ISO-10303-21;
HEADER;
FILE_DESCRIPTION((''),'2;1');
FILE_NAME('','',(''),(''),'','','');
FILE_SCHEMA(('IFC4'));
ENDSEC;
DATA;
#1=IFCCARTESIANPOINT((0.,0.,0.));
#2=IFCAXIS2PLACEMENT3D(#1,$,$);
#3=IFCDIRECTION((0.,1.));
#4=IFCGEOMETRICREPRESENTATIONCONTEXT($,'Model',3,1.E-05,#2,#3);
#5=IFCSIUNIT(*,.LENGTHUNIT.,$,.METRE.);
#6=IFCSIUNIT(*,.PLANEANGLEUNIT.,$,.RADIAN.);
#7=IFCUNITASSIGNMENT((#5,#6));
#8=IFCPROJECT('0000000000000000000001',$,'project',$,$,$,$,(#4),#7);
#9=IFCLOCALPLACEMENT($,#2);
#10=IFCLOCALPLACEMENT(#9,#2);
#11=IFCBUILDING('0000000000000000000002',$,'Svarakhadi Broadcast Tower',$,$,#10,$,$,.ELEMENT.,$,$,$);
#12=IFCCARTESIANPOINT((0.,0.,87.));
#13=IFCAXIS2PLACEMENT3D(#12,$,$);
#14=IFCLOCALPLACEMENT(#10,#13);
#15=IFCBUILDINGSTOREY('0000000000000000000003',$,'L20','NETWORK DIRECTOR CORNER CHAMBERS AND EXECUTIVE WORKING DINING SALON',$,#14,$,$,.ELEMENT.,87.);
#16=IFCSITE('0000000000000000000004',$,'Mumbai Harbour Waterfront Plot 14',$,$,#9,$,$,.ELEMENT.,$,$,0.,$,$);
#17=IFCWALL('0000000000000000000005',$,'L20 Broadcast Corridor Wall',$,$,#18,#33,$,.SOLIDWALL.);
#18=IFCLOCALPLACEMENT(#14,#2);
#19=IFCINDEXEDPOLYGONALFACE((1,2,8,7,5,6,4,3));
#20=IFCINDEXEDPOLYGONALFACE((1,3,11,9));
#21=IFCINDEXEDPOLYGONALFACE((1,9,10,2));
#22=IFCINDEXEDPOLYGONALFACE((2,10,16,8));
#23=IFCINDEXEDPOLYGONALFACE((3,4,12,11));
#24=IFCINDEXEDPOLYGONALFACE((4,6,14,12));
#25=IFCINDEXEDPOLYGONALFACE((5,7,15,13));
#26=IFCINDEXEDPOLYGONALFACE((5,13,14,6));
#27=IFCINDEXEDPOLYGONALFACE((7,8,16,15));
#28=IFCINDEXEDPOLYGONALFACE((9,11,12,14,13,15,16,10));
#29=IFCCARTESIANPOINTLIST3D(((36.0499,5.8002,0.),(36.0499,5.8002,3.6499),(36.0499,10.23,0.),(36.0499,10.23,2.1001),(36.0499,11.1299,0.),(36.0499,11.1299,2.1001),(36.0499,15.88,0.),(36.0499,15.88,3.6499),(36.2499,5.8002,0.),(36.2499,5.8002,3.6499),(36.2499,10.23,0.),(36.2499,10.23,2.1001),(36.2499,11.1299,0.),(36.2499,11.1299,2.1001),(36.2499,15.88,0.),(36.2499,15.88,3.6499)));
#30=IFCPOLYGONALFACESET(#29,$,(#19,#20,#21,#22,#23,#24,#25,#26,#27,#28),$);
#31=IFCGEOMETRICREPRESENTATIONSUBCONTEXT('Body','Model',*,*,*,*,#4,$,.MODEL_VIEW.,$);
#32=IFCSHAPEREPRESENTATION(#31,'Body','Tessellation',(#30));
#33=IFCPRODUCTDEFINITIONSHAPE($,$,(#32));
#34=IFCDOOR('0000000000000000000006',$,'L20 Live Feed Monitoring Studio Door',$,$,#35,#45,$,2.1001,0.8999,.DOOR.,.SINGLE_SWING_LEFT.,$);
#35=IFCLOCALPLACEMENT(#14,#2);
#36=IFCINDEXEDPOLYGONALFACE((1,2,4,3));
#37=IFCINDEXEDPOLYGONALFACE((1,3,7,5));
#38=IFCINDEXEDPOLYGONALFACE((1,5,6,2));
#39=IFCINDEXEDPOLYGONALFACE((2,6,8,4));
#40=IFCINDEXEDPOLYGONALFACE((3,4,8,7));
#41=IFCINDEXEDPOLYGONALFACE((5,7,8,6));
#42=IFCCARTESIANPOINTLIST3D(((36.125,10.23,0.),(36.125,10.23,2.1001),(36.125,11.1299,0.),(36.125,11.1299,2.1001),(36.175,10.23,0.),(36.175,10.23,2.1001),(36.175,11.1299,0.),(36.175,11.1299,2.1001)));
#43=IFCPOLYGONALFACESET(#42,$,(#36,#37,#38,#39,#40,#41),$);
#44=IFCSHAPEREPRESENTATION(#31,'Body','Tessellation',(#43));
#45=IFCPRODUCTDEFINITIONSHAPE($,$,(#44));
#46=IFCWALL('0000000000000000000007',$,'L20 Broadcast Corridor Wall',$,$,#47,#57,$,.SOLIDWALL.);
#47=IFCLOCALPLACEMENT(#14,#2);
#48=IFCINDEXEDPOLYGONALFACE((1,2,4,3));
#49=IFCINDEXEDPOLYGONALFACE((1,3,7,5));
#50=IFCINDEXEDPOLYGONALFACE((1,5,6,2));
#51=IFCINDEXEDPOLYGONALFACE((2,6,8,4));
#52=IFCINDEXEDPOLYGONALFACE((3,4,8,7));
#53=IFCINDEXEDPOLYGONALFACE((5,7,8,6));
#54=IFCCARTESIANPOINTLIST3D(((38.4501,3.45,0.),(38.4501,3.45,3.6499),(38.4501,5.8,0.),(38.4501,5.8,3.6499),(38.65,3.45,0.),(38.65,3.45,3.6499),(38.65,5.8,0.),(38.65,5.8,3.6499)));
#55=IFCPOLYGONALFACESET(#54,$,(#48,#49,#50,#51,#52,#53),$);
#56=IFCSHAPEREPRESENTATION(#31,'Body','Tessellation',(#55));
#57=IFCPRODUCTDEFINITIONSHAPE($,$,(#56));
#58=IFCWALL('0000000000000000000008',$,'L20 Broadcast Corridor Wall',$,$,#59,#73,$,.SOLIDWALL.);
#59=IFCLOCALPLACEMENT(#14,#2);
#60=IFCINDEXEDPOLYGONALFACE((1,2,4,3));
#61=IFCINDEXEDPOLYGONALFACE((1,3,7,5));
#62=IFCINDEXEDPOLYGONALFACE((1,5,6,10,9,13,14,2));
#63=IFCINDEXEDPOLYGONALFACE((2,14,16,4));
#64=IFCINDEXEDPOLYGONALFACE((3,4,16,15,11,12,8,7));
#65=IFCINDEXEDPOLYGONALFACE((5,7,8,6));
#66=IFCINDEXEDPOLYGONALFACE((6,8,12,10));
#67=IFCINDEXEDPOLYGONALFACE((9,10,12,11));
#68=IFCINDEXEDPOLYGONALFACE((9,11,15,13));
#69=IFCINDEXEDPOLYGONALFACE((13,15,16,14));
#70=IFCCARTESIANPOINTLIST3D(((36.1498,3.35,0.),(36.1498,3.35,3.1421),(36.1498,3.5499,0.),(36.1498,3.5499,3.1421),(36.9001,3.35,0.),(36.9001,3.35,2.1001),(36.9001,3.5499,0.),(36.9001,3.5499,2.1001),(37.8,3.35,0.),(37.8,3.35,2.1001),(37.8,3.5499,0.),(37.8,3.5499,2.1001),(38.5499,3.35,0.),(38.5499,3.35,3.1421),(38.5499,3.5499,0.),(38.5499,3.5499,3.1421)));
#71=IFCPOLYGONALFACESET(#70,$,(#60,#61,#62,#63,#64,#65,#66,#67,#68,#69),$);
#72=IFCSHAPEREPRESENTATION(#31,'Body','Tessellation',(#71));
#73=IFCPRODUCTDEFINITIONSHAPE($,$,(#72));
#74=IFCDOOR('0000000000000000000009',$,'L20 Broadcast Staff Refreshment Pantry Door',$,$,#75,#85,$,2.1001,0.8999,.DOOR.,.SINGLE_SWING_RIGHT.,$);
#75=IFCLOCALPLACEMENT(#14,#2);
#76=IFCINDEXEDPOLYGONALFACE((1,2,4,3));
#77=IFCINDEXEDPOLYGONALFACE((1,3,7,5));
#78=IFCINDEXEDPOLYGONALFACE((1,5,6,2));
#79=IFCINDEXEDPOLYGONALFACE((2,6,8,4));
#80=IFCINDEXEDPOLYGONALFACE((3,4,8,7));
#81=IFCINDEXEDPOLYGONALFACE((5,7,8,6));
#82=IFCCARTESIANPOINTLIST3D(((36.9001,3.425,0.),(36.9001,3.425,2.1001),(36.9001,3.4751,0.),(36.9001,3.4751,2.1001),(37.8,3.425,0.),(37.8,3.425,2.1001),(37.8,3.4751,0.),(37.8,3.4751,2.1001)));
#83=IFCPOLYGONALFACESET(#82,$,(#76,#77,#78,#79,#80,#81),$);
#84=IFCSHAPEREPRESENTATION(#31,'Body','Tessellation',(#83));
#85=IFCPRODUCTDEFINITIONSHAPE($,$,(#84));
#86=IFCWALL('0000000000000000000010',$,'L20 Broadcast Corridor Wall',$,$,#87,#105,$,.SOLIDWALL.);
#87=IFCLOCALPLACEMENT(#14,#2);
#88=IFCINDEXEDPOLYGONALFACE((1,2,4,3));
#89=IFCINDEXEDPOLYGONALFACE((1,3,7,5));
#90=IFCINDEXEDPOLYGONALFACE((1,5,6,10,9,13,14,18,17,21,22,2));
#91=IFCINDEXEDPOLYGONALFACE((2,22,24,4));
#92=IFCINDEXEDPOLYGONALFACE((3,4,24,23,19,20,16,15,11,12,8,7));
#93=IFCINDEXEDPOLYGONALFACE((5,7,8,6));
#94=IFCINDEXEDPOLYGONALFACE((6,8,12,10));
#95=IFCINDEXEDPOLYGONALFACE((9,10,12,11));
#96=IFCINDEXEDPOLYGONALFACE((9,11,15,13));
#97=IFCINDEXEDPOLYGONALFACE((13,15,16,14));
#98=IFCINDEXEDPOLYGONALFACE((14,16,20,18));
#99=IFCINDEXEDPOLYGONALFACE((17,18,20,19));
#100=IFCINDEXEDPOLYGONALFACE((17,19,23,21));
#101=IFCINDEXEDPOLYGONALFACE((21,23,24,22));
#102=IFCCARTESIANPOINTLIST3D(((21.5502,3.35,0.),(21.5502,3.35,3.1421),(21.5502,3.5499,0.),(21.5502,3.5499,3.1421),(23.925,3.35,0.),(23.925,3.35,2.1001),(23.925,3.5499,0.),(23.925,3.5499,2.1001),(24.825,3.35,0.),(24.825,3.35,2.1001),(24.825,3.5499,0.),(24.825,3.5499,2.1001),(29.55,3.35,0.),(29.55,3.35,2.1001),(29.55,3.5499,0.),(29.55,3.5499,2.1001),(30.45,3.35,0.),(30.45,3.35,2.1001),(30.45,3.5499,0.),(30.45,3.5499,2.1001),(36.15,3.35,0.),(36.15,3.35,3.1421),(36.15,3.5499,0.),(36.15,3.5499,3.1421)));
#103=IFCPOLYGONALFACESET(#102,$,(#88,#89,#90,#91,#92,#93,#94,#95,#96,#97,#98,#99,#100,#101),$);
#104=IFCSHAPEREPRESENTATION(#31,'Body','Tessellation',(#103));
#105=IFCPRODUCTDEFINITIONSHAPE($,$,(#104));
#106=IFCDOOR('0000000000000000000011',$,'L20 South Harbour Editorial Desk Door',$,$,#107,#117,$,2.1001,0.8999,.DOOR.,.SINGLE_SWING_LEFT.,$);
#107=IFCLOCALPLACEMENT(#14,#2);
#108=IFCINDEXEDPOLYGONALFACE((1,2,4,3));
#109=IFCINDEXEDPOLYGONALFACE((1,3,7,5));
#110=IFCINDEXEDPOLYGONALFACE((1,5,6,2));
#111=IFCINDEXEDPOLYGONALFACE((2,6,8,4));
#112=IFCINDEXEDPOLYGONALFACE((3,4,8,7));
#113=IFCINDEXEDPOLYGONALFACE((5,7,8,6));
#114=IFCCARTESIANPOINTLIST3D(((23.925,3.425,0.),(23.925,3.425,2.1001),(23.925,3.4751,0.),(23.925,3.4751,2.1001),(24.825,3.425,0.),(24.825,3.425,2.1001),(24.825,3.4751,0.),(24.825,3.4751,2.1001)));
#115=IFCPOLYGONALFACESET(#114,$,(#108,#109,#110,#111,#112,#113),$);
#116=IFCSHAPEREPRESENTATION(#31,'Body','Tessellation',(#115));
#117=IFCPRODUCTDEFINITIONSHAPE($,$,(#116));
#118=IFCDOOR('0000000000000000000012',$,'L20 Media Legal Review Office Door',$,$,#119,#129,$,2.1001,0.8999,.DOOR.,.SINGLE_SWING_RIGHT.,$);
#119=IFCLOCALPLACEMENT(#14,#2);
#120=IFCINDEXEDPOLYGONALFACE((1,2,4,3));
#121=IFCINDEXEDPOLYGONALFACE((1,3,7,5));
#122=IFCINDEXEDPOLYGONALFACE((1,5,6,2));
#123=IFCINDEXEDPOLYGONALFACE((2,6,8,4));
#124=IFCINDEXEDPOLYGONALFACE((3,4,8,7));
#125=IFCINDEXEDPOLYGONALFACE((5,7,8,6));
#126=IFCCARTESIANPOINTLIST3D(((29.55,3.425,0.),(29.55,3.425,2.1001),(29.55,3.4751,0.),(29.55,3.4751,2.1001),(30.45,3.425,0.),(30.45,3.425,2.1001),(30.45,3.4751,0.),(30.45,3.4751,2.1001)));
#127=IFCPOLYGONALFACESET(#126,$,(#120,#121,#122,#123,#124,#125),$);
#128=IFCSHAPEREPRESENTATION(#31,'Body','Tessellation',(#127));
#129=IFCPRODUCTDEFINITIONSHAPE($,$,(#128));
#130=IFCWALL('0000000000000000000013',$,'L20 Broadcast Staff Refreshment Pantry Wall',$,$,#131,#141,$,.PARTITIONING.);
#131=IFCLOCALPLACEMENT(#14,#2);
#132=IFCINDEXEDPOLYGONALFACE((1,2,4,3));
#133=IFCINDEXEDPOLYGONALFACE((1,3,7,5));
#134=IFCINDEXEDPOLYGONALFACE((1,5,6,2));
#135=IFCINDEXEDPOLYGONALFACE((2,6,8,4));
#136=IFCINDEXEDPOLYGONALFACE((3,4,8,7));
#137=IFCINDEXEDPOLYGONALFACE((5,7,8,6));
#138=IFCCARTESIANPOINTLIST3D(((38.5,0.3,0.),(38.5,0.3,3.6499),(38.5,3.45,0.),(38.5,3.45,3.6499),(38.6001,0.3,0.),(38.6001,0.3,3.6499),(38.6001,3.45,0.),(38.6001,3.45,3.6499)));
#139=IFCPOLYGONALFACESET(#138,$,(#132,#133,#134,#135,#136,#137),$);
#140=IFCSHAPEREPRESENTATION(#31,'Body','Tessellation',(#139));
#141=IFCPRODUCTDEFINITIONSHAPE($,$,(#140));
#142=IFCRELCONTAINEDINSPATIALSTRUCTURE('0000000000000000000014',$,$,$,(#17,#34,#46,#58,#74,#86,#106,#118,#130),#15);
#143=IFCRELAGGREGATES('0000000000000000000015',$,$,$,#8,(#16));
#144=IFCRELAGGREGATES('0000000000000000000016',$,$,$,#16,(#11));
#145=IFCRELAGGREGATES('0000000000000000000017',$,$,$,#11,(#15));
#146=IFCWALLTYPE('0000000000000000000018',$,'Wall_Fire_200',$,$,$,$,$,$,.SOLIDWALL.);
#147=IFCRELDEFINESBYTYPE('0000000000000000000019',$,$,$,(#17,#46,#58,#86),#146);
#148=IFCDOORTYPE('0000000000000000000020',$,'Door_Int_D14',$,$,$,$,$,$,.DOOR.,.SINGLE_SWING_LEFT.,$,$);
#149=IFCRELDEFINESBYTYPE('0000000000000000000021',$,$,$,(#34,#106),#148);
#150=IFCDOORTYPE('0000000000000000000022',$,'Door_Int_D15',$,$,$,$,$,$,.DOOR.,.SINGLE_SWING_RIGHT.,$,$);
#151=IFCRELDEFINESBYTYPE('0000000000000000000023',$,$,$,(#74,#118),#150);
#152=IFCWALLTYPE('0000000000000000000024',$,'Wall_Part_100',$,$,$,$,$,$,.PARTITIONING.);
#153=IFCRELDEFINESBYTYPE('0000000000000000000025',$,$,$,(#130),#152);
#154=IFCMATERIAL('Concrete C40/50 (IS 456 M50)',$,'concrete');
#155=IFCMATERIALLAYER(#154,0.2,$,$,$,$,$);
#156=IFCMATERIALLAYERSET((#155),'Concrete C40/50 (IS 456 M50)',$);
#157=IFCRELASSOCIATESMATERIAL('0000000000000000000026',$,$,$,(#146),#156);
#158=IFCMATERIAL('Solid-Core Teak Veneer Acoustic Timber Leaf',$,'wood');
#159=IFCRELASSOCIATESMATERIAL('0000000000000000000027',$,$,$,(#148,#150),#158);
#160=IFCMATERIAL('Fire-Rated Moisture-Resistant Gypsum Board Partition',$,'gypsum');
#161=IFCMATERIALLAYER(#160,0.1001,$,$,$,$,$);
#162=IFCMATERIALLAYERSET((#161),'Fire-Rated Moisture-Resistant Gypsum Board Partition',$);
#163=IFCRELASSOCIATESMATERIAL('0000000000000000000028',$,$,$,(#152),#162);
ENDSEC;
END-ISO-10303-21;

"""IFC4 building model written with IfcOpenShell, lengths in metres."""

from ifc_helpers import new_model, si_unit, direction, frame, frame_2d, origin, place, context, subcontext, project, spatial, rectangle, extrude, material, layer, layer_set, type_object, element, fill, save


model = new_model("IFC4")

# Units and contexts
model_context = context("Model", 3, precision=1e-05, world=origin(), true_north=direction((0.0, 1.0)))
body_context = subcontext(model_context, "Body", "Model", "MODEL_VIEW")
ifc_project = project(units=[si_unit("LENGTHUNIT", "METRE"), si_unit("PLANEANGLEUNIT", "RADIAN")], contexts=[model_context])

# Site, building, storey
site_placement = place(None, origin())
site = spatial("IfcSite", under=ifc_project, at=site_placement, Name="Mumbai Harbour Waterfront Plot 14", CompositionType="ELEMENT", RefElevation=0.0)
building_placement = place(site_placement, origin())
building = spatial("IfcBuilding", under=site, at=building_placement, Name="Svarakhadi Broadcast Tower", CompositionType="ELEMENT")
storey_placement = place(building_placement, frame((0.0, 0.0, 87.0)))
storey = spatial("IfcBuildingStorey", under=building, at=storey_placement, Name="L20", Description="NETWORK DIRECTOR CORNER CHAMBERS AND EXECUTIVE WORKING DINING SALON", CompositionType="ELEMENT", Elevation=87.0)

# Wall, opening, door
ifc_material_1 = material(Name="Concrete C40/50 (IS 456 M50)", Category="concrete")
ifc_layer_1 = layer(ifc_material_1, 0.2)
ifc_layer_set_1 = layer_set([ifc_layer_1], Name="Concrete C40/50 (IS 456 M50)")
wall_type_1 = type_object("IfcWallType", Name="Wall_Fire_200", PredefinedType="SOLIDWALL", material=ifc_layer_set_1)
wall_1_placement = place(storey_placement, frame((36.1499, 5.8, 0.0), z_axis=(0.0, 0.0, 1.0), x_axis=(0.0, 1.0, 0.0)))
wall_1 = element("IfcWall", 1, at=wall_1_placement, inside=storey, type_object=wall_type_1, Name="L20 Broadcast Corridor Wall", PredefinedType="SOLIDWALL", context=body_context, shape_type="SweptSolid", body=[
    extrude(rectangle(XDim=10.0798, YDim=0.2, at=frame_2d((5.04, 0.0))), origin(), (0.0, 0.0, 1.0), 3.6499),
])
opening_1_placement = place(wall_1_placement, frame((4.4299, 0.0, 0.0)))
opening_1 = element("IfcOpeningElement", 2, at=opening_1_placement, cuts=wall_1, PredefinedType="OPENING", context=body_context, shape_type="SweptSolid", body=[
    extrude(rectangle(XDim=0.8999, YDim=2.1001, at=frame_2d((0.45, 1.05))), frame((0.0, 0.1099, 0.0), z_axis=(0.0, -1.0, 0.0), x_axis=(1.0, 0.0, 0.0)), (0.0, 0.0, 1.0), 0.22),
])
ifc_material_2 = material(Name="Solid-Core Teak Veneer Acoustic Timber Leaf", Category="wood")
door_type_1 = type_object("IfcDoorType", Name="Door_Int_D14", OperationType="SINGLE_SWING_LEFT", PredefinedType="DOOR", material=ifc_material_2)
door_1_placement = place(opening_1_placement, origin())
door_1 = element("IfcDoor", 3, at=door_1_placement, inside=storey, type_object=door_type_1, Name="L20 Live Feed Monitoring Studio Door", OperationType="SINGLE_SWING_LEFT", OverallHeight=2.1001, OverallWidth=0.8999, PredefinedType="DOOR", context=body_context, shape_type="SweptSolid", body=[
    extrude(rectangle(XDim=0.8999, YDim=2.1001, at=frame_2d((0.45, 1.05))), frame((0.0, 0.0249, 0.0), z_axis=(0.0, -1.0, 0.0), x_axis=(1.0, 0.0, 0.0)), (0.0, 0.0, 1.0), 0.05),
])
fill(opening_1, door_1)

# Wall
wall_2_placement = place(storey_placement, frame((38.55, 5.8, 0.0), z_axis=(0.0, 0.0, 1.0), x_axis=(0.0, -1.0, 0.0)))
element("IfcWall", 4, at=wall_2_placement, inside=storey, type_object=wall_type_1, Name="L20 Broadcast Corridor Wall", PredefinedType="SOLIDWALL", context=body_context, shape_type="SweptSolid", body=[
    extrude(rectangle(XDim=2.3501, YDim=0.2, at=frame_2d((1.175, 0.0))), origin(), (0.0, 0.0, 1.0), 3.6499),
])

# Wall, opening, door
wall_3_placement = place(storey_placement, frame((38.55, 3.45, 0.0), z_axis=(0.0, 0.0, 1.0), x_axis=(-1.0, 0.0, 0.0)))
wall_3 = element("IfcWall", 5, at=wall_3_placement, inside=storey, type_object=wall_type_1, Name="L20 Broadcast Corridor Wall", PredefinedType="SOLIDWALL", context=body_context, shape_type="SweptSolid", body=[
    extrude(rectangle(XDim=2.4001, YDim=0.2, at=frame_2d((1.2002, 0.0))), origin(), (0.0, 0.0, 1.0), 3.1421),
])
opening_2_placement = place(wall_3_placement, frame((0.75, 0.0, 0.0)))
opening_2 = element("IfcOpeningElement", 6, at=opening_2_placement, cuts=wall_3, PredefinedType="OPENING", context=body_context, shape_type="SweptSolid", body=[
    extrude(rectangle(XDim=0.8999, YDim=2.1001, at=frame_2d((0.45, 1.05))), frame((0.0, 0.1099, 0.0), z_axis=(0.0, -1.0, 0.0), x_axis=(1.0, 0.0, 0.0)), (0.0, 0.0, 1.0), 0.22),
])
door_type_2 = type_object("IfcDoorType", Name="Door_Int_D15", OperationType="SINGLE_SWING_RIGHT", PredefinedType="DOOR", material=ifc_material_2)
door_2_placement = place(opening_2_placement, origin())
door_2 = element("IfcDoor", 7, at=door_2_placement, inside=storey, type_object=door_type_2, Name="L20 Broadcast Staff Refreshment Pantry Door", OperationType="SINGLE_SWING_RIGHT", OverallHeight=2.1001, OverallWidth=0.8999, PredefinedType="DOOR", context=body_context, shape_type="SweptSolid", body=[
    extrude(rectangle(XDim=0.8999, YDim=2.1001, at=frame_2d((0.45, 1.05))), frame((0.0, 0.0249, 0.0), z_axis=(0.0, -1.0, 0.0), x_axis=(1.0, 0.0, 0.0)), (0.0, 0.0, 1.0), 0.05),
])
fill(opening_2, door_2)

# Wall, openings, doors
wall_4_placement = place(storey_placement, frame((36.1499, 3.45, 0.0), z_axis=(0.0, 0.0, 1.0), x_axis=(-1.0, 0.0, 0.0)))
wall_4 = element("IfcWall", 8, at=wall_4_placement, inside=storey, type_object=wall_type_1, Name="L20 Broadcast Corridor Wall", PredefinedType="SOLIDWALL", context=body_context, shape_type="SweptSolid", body=[
    extrude(rectangle(XDim=14.5999, YDim=0.2, at=frame_2d((7.2998, 0.0))), origin(), (0.0, 0.0, 1.0), 3.1421),
])
opening_3_placement = place(wall_4_placement, frame((11.325, 0.0, 0.0)))
opening_3 = element("IfcOpeningElement", 9, at=opening_3_placement, cuts=wall_4, PredefinedType="OPENING", context=body_context, shape_type="SweptSolid", body=[
    extrude(rectangle(XDim=0.8999, YDim=2.1001, at=frame_2d((0.45, 1.05))), frame((0.0, 0.1099, 0.0), z_axis=(0.0, -1.0, 0.0), x_axis=(1.0, 0.0, 0.0)), (0.0, 0.0, 1.0), 0.22),
])
opening_4_placement = place(wall_4_placement, frame((5.7, 0.0, 0.0)))
opening_4 = element("IfcOpeningElement", 10, at=opening_4_placement, cuts=wall_4, PredefinedType="OPENING", context=body_context, shape_type="SweptSolid", body=[
    extrude(rectangle(XDim=0.8999, YDim=2.1001, at=frame_2d((0.45, 1.05))), frame((0.0, 0.1099, 0.0), z_axis=(0.0, -1.0, 0.0), x_axis=(1.0, 0.0, 0.0)), (0.0, 0.0, 1.0), 0.22),
])
door_3_placement = place(opening_3_placement, origin())
door_3 = element("IfcDoor", 11, at=door_3_placement, inside=storey, type_object=door_type_1, Name="L20 South Harbour Editorial Desk Door", OperationType="SINGLE_SWING_LEFT", OverallHeight=2.1001, OverallWidth=0.8999, PredefinedType="DOOR", context=body_context, shape_type="SweptSolid", body=[
    extrude(rectangle(XDim=0.8999, YDim=2.1001, at=frame_2d((0.45, 1.05))), frame((0.0, 0.0249, 0.0), z_axis=(0.0, -1.0, 0.0), x_axis=(1.0, 0.0, 0.0)), (0.0, 0.0, 1.0), 0.05),
])
fill(opening_3, door_3)
door_4_placement = place(opening_4_placement, origin())
door_4 = element("IfcDoor", 12, at=door_4_placement, inside=storey, type_object=door_type_2, Name="L20 Media Legal Review Office Door", OperationType="SINGLE_SWING_RIGHT", OverallHeight=2.1001, OverallWidth=0.8999, PredefinedType="DOOR", context=body_context, shape_type="SweptSolid", body=[
    extrude(rectangle(XDim=0.8999, YDim=2.1001, at=frame_2d((0.45, 1.05))), frame((0.0, 0.0249, 0.0), z_axis=(0.0, -1.0, 0.0), x_axis=(1.0, 0.0, 0.0)), (0.0, 0.0, 1.0), 0.05),
])
fill(opening_4, door_4)

# Wall
ifc_material_3 = material(Name="Fire-Rated Moisture-Resistant Gypsum Board Partition", Category="gypsum")
ifc_layer_2 = layer(ifc_material_3, 0.1001)
ifc_layer_set_2 = layer_set([ifc_layer_2], Name="Fire-Rated Moisture-Resistant Gypsum Board Partition")
wall_type_2 = type_object("IfcWallType", Name="Wall_Part_100", PredefinedType="PARTITIONING", material=ifc_layer_set_2)
wall_5_placement = place(storey_placement, frame((38.55, 0.3, 0.0), z_axis=(0.0, 0.0, 1.0), x_axis=(0.0, 1.0, 0.0)))
element("IfcWall", 13, at=wall_5_placement, inside=storey, type_object=wall_type_2, Name="L20 Broadcast Staff Refreshment Pantry Wall", PredefinedType="PARTITIONING", context=body_context, shape_type="SweptSolid", body=[
    extrude(rectangle(XDim=3.1499, YDim=0.1001, at=frame_2d((1.575, 0.0))), origin(), (0.0, 0.0, 1.0), 3.6499),
])

save(model, "model.ifc")
